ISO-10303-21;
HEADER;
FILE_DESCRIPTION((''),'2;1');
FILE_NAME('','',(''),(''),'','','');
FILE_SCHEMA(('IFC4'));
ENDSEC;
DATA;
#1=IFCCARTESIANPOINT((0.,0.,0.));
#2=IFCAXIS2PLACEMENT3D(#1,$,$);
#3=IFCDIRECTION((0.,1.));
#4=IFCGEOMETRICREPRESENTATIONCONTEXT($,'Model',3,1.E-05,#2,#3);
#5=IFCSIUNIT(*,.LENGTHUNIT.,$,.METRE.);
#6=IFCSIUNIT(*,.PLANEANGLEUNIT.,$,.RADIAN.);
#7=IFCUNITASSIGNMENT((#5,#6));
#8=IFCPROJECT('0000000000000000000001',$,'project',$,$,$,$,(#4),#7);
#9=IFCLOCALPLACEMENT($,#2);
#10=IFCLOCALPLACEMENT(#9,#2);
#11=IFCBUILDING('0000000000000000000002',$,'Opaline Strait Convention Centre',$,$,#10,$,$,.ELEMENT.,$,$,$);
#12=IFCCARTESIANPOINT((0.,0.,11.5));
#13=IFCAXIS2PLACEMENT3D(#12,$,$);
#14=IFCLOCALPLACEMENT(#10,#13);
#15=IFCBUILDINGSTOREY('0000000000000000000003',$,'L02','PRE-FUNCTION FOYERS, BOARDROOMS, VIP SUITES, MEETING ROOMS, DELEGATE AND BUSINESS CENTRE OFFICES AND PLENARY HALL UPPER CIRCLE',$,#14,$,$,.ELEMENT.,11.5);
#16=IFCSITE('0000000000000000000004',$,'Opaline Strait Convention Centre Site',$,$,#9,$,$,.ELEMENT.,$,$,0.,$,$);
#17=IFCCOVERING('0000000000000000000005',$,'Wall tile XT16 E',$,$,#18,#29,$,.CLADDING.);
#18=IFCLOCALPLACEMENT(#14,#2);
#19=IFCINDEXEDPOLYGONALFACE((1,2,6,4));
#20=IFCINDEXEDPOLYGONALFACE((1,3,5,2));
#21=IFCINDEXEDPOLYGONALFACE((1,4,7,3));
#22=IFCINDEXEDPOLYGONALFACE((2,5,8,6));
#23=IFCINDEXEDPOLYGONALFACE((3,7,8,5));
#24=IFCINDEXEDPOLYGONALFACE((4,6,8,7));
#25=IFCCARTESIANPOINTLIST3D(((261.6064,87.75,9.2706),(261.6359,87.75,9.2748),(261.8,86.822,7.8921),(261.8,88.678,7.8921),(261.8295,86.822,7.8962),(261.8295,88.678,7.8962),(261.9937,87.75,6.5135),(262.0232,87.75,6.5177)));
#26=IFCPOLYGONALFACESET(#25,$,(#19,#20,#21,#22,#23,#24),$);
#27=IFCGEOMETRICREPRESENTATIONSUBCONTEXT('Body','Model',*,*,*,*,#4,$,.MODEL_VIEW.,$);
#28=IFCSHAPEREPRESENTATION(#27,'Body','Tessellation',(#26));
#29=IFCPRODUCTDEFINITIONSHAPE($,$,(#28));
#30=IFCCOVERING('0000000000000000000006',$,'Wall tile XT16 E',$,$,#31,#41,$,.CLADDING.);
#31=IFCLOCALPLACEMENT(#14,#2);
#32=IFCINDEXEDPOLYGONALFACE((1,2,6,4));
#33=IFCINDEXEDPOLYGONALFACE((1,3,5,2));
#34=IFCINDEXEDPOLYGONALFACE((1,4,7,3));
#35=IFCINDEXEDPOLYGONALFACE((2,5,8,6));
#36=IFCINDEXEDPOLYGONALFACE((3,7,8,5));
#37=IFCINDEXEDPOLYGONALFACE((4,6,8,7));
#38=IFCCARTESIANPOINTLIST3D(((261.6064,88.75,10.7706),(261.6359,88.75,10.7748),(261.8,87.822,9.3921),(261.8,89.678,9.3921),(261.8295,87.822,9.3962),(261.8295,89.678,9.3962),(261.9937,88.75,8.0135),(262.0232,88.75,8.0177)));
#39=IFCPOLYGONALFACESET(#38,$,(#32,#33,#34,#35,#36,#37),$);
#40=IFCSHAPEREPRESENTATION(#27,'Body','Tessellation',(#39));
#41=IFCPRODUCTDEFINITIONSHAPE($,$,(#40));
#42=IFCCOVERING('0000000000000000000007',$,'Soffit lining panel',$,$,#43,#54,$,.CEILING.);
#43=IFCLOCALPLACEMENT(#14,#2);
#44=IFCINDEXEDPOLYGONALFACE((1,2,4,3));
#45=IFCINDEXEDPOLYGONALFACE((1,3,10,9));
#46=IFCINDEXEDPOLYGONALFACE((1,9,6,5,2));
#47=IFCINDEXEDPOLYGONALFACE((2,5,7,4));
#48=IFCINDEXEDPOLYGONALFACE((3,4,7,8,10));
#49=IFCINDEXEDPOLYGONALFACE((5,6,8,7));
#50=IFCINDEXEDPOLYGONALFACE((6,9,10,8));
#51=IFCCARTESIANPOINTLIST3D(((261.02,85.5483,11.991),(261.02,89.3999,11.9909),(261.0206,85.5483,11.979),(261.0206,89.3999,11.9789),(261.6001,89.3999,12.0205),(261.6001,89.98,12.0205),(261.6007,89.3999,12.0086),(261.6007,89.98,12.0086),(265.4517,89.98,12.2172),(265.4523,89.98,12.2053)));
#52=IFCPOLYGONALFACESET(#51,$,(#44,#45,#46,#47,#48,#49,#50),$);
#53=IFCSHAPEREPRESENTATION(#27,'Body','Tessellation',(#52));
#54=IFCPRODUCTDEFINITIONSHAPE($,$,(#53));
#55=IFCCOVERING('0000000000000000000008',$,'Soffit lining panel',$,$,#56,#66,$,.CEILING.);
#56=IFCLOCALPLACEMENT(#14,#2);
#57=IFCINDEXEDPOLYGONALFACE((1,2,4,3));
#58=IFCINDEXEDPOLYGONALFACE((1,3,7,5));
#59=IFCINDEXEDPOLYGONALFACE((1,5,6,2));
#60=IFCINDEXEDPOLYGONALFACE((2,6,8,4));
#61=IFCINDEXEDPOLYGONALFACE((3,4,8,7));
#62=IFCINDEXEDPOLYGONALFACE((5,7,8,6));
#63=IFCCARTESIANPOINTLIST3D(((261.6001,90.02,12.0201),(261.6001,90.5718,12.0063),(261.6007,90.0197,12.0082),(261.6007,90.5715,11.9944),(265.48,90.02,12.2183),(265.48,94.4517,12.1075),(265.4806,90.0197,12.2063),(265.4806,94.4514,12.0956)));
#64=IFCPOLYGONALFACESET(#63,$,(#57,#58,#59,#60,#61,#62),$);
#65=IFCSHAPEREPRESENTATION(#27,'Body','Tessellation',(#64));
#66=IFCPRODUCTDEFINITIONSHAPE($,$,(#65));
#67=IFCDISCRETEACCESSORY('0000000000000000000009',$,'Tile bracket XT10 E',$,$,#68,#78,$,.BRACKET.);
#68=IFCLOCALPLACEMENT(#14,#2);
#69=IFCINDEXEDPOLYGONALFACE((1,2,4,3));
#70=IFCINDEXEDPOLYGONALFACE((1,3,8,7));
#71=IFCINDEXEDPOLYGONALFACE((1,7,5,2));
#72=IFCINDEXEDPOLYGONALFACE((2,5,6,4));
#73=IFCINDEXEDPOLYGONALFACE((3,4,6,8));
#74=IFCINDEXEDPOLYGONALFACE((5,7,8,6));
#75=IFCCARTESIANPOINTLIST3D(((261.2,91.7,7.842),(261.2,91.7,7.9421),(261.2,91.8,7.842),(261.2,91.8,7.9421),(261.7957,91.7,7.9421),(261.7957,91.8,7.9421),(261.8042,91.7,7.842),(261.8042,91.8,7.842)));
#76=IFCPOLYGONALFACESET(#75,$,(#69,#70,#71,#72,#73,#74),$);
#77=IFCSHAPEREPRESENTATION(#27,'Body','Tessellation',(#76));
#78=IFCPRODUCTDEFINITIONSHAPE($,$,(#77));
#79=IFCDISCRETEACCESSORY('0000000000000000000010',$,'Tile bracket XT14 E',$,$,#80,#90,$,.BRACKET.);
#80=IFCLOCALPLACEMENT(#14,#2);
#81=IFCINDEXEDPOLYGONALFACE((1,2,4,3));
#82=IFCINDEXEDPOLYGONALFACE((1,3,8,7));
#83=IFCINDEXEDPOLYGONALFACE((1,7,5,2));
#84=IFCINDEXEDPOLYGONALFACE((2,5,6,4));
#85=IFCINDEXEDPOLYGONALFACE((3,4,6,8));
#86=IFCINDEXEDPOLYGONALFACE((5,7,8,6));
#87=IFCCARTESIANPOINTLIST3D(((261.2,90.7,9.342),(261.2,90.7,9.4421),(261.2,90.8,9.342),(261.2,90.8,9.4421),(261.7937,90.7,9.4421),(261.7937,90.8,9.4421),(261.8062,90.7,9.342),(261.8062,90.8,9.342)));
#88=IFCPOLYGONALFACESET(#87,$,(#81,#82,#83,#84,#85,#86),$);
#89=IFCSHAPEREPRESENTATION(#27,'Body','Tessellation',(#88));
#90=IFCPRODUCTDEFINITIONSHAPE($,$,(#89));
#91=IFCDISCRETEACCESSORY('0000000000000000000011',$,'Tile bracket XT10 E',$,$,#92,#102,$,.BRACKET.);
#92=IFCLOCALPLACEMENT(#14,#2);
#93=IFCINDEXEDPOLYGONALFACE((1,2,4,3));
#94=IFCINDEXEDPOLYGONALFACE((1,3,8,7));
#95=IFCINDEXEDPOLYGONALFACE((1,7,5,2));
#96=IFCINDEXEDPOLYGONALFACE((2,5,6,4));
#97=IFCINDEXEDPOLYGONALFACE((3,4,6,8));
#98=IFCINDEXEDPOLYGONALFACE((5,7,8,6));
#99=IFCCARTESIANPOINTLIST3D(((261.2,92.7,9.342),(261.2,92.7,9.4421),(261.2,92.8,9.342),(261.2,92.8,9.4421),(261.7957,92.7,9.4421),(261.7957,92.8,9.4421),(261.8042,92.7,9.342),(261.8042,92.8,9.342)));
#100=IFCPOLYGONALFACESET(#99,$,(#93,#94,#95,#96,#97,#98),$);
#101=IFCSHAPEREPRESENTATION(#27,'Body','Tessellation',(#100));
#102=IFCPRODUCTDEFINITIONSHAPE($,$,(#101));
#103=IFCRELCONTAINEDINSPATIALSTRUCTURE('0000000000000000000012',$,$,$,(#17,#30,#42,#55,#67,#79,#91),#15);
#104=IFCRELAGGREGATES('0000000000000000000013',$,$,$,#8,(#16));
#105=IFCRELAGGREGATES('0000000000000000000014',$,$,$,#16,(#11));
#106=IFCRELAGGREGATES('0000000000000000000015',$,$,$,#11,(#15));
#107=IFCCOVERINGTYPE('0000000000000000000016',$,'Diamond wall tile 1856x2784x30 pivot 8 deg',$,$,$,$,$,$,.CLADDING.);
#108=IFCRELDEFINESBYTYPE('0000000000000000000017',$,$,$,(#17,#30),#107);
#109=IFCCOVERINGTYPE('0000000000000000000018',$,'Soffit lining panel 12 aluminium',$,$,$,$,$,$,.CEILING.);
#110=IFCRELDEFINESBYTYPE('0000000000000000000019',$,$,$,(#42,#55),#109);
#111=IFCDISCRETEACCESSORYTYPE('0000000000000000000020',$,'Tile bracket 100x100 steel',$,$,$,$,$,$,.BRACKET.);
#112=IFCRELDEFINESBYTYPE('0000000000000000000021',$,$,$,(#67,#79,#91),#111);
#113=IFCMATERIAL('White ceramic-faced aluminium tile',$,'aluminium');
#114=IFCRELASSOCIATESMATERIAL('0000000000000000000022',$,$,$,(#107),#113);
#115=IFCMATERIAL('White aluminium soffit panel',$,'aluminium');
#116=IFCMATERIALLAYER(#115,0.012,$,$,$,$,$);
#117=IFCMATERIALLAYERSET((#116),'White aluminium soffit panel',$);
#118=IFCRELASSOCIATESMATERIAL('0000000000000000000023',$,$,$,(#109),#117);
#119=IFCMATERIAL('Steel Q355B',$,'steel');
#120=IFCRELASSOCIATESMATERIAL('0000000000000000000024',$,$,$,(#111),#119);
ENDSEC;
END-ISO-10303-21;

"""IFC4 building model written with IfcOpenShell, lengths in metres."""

from ifc_helpers import new_model, si_unit, direction, frame, origin, place, context, subcontext, project, spatial, polyline, outline, extrude, material, layer, layer_set, material_profile, profile_set, type_object, element, save


model = new_model("IFC4")

# Units and contexts
model_context = context("Model", 3, precision=1e-05, world=origin(), true_north=direction((0.0, 1.0)))
body_context = subcontext(model_context, "Body", "Model", "MODEL_VIEW")
ifc_project = project(units=[si_unit("LENGTHUNIT", "METRE"), si_unit("PLANEANGLEUNIT", "RADIAN")], contexts=[model_context])

# Site, building, storey
site_placement = place(None, origin())
site = spatial("IfcSite", under=ifc_project, at=site_placement, Name="Opaline Strait Convention Centre Site", CompositionType="ELEMENT", RefElevation=0.0)
building_placement = place(site_placement, origin())
building = spatial("IfcBuilding", under=site, at=building_placement, Name="Opaline Strait Convention Centre", CompositionType="ELEMENT")
storey_placement = place(building_placement, frame((0.0, 0.0, 11.5)))
storey = spatial("IfcBuildingStorey", under=building, at=storey_placement, Name="L02", Description="PRE-FUNCTION FOYERS, BOARDROOMS, VIP SUITES, MEETING ROOMS, DELEGATE AND BUSINESS CENTRE OFFICES AND PLENARY HALL UPPER CIRCLE", CompositionType="ELEMENT", Elevation=11.5)

# Shared definitions
ifc_material_1 = material(Name="Steel Q355B", Category="steel")

# Coverings
ifc_material_2 = material(Name="White ceramic-faced aluminium tile", Category="aluminium")
ifc_material_profile_1 = material_profile(ifc_material_2, outline(polyline([(0.928, 0.0), (0.0, 1.3921), (-0.928, 0.0), (0.0, -1.3921), (0.928, 0.0)])), Name="Diamond tile 1856x2784")
ifc_profile_set_1 = profile_set([ifc_material_profile_1], Name="White ceramic-faced aluminium tile")
covering_type_1 = type_object("IfcCoveringType", Name="Diamond wall tile 1856x2784x30 pivot 8 deg", PredefinedType="CLADDING", material=ifc_profile_set_1)
for number, where, z_axis, x_axis, name in (
    (1, (261.8, 87.75, 7.8921), (0.990274, 0.0, 0.139129), (0.0, 1.0, 0.0), "Wall tile XT16 E"),
    (2, (261.8, 88.75, 9.3921), (0.990274, 0.0, 0.139129), (0.0, 1.0, 0.0), "Wall tile XT16 E"),
):
    element("IfcCovering", number, at=place(storey_placement, frame(where, z_axis=z_axis, x_axis=x_axis)), inside=storey, type_object=covering_type_1, Name=name, PredefinedType="CLADDING", context=body_context, shape_type="SweptSolid", body=[
        extrude(outline(polyline([(0.928, 0.0), (0.0, 1.3921), (-0.928, 0.0), (0.0, -1.3921), (0.928, 0.0)])), origin(), (0.0, 0.0, 1.0), 0.0298),
    ])
ifc_material_3 = material(Name="White aluminium soffit panel", Category="aluminium")
ifc_layer_1 = layer(ifc_material_3, 0.012)
ifc_layer_set_1 = layer_set([ifc_layer_1], Name="White aluminium soffit panel")
covering_type_2 = type_object("IfcCoveringType", Name="Soffit lining panel 12 aluminium", PredefinedType="CEILING", material=ifc_layer_set_1)
covering_1_placement = place(storey_placement, frame((261.6001, 89.98, 12.0205), z_axis=(-0.051007, 0.000019, 0.998698), x_axis=(0.998698, 0.0, 0.051007)))
element("IfcCovering", 3, at=covering_1_placement, inside=storey, type_object=covering_type_2, Name="Soffit lining panel", PredefinedType="CEILING", context=body_context, shape_type="SweptSolid", body=[
    extrude(outline(polyline([(0.0, 0.0), (3.8566, 0.0), (-0.5808, -4.4316), (-0.5808, -0.5801), (0.0, -0.5801), (0.0, 0.0)])), origin(), (0.0, 0.0, -1.0), 0.012),
])
covering_2_placement = place(storey_placement, frame((265.48, 90.02, 12.2183), z_axis=(-0.050983, 0.024945, 0.998388), x_axis=(-0.998699, 0.000001, -0.050999)))
element("IfcCovering", 4, at=covering_2_placement, inside=storey, type_object=covering_type_2, Name="Soffit lining panel", PredefinedType="CEILING", context=body_context, shape_type="SweptSolid", body=[
    extrude(outline(polyline([(0.0, 0.0), (3.8849, 0.0), (3.8856, -0.5519), (0.0057, -4.433), (0.0, 0.0)])), origin(), (0.0, 0.0, -1.0), 0.012),
])

# Discrete accessories
discrete_accessory_type = type_object("IfcDiscreteAccessoryType", Name="Tile bracket 100x100 steel", PredefinedType="BRACKET", material=ifc_material_1)
discrete_accessory_1_placement = place(storey_placement, frame((261.2, 91.7, 7.8921), z_axis=(0.0, 1.0, 0.0), x_axis=(-1.0, 0.0, 0.0)))
element("IfcDiscreteAccessory", 5, at=discrete_accessory_1_placement, inside=storey, type_object=discrete_accessory_type, Name="Tile bracket XT10 E", PredefinedType="BRACKET", context=body_context, shape_type="SweptSolid", body=[
    extrude(outline(polyline([(0.0, -0.05), (0.0, 0.05), (-0.5957, 0.05), (-0.6042, -0.05), (0.0, -0.05)])), origin(), (0.0, 0.0, 1.0), 0.1001),
])
discrete_accessory_2_placement = place(storey_placement, frame((261.2, 90.7, 9.3921), z_axis=(0.0, 1.0, 0.0), x_axis=(-1.0, 0.0, 0.0)))
element("IfcDiscreteAccessory", 6, at=discrete_accessory_2_placement, inside=storey, type_object=discrete_accessory_type, Name="Tile bracket XT14 E", PredefinedType="BRACKET", context=body_context, shape_type="SweptSolid", body=[
    extrude(outline(polyline([(0.0, -0.05), (0.0, 0.05), (-0.5938, 0.05), (-0.6062, -0.05), (0.0, -0.05)])), origin(), (0.0, 0.0, 1.0), 0.1001),
])
discrete_accessory_3_placement = place(storey_placement, frame((261.2, 92.7, 9.3921), z_axis=(0.0, 1.0, 0.0), x_axis=(-1.0, 0.0, 0.0)))
element("IfcDiscreteAccessory", 7, at=discrete_accessory_3_placement, inside=storey, type_object=discrete_accessory_type, Name="Tile bracket XT10 E", PredefinedType="BRACKET", context=body_context, shape_type="SweptSolid", body=[
    extrude(outline(polyline([(0.0, -0.05), (0.0, 0.05), (-0.5957, 0.05), (-0.6042, -0.05), (0.0, -0.05)])), origin(), (0.0, 0.0, 1.0), 0.1001),
])

save(model, "model.ifc")
